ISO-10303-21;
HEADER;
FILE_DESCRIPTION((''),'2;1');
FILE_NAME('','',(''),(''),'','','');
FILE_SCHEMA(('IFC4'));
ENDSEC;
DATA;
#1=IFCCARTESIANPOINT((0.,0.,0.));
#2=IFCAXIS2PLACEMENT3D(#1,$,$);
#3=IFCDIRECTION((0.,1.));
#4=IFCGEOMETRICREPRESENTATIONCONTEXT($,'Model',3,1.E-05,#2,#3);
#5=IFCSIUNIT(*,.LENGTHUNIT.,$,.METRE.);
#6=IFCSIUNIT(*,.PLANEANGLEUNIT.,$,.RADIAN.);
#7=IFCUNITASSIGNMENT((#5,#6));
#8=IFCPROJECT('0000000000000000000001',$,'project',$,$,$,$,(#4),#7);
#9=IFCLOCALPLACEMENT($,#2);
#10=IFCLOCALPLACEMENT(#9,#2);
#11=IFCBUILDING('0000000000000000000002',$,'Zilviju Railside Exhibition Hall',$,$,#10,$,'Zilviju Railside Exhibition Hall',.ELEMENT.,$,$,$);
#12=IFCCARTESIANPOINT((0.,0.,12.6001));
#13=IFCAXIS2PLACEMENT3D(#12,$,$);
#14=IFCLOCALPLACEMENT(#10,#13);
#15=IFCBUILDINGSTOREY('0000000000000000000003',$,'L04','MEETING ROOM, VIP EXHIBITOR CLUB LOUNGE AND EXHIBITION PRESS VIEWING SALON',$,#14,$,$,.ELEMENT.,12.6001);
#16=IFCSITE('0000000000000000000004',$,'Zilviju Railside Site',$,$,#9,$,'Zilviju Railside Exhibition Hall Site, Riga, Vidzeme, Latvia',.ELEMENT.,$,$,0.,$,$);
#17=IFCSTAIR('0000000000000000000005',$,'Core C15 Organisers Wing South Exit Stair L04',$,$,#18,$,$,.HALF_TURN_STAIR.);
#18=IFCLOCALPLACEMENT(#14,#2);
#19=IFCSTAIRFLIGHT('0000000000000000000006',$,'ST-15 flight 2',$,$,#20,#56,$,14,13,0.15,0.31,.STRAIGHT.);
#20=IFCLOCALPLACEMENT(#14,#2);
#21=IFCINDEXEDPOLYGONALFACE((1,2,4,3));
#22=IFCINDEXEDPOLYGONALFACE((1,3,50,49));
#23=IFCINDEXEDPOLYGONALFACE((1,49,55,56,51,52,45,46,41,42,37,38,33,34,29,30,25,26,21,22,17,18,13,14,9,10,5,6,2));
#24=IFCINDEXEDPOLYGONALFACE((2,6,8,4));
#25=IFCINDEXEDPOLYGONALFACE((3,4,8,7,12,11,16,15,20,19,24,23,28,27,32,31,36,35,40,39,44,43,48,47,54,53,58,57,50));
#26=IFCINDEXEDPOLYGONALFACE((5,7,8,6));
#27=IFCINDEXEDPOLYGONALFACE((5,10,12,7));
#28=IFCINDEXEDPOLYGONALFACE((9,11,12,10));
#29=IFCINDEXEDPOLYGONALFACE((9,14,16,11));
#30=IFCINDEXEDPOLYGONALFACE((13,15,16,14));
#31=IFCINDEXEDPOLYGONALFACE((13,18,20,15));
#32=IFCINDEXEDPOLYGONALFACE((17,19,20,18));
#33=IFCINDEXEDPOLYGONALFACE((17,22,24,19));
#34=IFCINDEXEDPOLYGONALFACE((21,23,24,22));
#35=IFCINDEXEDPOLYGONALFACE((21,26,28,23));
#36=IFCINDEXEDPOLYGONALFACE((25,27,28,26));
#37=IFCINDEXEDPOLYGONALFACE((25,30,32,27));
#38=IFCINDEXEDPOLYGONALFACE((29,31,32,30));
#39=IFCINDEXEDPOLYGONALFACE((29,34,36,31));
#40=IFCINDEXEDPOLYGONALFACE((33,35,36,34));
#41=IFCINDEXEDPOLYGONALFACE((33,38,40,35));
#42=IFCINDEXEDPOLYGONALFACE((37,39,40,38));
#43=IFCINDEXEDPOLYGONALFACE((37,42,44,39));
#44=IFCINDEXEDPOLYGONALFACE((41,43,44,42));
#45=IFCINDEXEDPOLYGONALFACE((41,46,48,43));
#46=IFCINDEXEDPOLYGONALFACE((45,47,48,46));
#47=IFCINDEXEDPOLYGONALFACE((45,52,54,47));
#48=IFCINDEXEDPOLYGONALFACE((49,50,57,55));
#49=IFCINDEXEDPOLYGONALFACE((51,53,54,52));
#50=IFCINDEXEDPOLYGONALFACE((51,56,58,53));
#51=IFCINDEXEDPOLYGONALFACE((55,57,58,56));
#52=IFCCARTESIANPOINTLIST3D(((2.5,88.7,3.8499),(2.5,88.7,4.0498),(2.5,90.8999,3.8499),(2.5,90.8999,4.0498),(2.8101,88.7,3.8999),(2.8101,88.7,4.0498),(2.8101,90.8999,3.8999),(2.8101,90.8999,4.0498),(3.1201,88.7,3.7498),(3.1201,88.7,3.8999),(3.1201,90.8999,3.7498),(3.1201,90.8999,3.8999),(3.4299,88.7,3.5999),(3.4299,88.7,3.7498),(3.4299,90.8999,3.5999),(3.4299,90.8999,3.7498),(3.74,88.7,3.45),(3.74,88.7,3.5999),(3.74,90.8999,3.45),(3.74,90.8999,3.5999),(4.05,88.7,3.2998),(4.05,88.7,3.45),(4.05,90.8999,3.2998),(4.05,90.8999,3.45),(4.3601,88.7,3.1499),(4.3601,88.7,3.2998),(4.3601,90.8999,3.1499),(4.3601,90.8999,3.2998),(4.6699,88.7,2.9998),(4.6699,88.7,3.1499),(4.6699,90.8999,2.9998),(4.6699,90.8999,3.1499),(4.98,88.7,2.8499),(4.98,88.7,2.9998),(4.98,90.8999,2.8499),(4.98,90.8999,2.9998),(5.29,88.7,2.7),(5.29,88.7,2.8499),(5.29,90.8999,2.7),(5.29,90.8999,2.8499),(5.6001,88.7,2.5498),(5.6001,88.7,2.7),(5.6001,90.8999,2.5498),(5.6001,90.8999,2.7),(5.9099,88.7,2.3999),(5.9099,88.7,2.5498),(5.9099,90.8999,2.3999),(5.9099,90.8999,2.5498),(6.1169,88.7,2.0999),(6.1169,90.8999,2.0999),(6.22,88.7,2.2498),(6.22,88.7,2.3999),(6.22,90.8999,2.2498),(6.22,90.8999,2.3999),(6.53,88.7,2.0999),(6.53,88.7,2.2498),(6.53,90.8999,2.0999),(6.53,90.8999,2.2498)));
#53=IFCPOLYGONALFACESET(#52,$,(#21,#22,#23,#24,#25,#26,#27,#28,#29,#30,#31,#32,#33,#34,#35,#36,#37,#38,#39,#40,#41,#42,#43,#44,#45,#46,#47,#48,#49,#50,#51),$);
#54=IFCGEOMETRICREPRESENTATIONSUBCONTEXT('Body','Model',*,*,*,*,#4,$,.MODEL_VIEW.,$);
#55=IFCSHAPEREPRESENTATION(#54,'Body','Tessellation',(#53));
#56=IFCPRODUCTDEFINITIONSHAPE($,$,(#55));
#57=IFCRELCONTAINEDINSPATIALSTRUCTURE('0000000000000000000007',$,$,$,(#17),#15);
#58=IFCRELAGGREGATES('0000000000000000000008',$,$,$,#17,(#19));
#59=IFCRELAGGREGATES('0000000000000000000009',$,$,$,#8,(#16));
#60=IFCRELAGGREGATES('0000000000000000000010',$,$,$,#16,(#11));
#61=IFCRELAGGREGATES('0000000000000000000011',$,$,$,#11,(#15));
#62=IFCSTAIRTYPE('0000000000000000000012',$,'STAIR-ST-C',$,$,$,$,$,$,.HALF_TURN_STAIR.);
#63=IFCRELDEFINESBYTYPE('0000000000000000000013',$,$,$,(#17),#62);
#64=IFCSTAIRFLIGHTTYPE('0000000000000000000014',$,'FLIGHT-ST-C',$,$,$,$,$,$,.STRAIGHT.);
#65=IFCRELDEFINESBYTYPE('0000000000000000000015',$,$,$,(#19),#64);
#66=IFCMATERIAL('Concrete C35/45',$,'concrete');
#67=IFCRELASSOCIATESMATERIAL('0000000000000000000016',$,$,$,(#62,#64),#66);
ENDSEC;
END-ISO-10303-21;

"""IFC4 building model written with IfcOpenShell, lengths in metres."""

from ifc_helpers import new_model, si_unit, direction, frame, origin, place, context, subcontext, project, spatial, polyline, outline, extrude, material, type_object, element, aggregate, save


model = new_model("IFC4")

# Units and contexts
model_context = context("Model", 3, precision=1e-05, world=origin(), true_north=direction((0.0, 1.0)))
body_context = subcontext(model_context, "Body", "Model", "MODEL_VIEW")
ifc_project = project(units=[si_unit("LENGTHUNIT", "METRE"), si_unit("PLANEANGLEUNIT", "RADIAN")], contexts=[model_context])

# Site, building, storey
site_placement = place(None, origin())
site = spatial("IfcSite", under=ifc_project, at=site_placement, Name="Zilviju Railside Site", LongName="Zilviju Railside Exhibition Hall Site, Riga, Vidzeme, Latvia", CompositionType="ELEMENT", RefElevation=0.0)
building_placement = place(site_placement, origin())
building = spatial("IfcBuilding", under=site, at=building_placement, Name="Zilviju Railside Exhibition Hall", LongName="Zilviju Railside Exhibition Hall", CompositionType="ELEMENT")
storey_placement = place(building_placement, frame((0.0, 0.0, 12.6001)))
storey = spatial("IfcBuildingStorey", under=building, at=storey_placement, Name="L04", Description="MEETING ROOM, VIP EXHIBITOR CLUB LOUNGE AND EXHIBITION PRESS VIEWING SALON", CompositionType="ELEMENT", Elevation=12.6001)

# Shared definitions
ifc_material_1 = material(Name="Concrete C35/45", Category="concrete")

# Stair, stair flight
stair_type = type_object("IfcStairType", Name="STAIR-ST-C", PredefinedType="HALF_TURN_STAIR", material=ifc_material_1)
stair_placement = place(storey_placement, origin())
stair = element("IfcStair", 1, at=stair_placement, inside=storey, type_object=stair_type, Name="Core C15 Organisers Wing South Exit Stair L04", PredefinedType="HALF_TURN_STAIR")
stair_flight_type = type_object("IfcStairFlightType", Name="FLIGHT-ST-C", PredefinedType="STRAIGHT", material=ifc_material_1)
stair_flight_placement = place(storey_placement, frame((6.53, 89.8, 2.0999), z_axis=(0.0, 0.0, 1.0), x_axis=(-1.0, 0.0, 0.0)))
stair_flight = element("IfcStairFlight", 2, at=stair_flight_placement, type_object=stair_flight_type, Name="ST-15 flight 2", NumberOfRisers=14, NumberOfTreads=13, PredefinedType="STRAIGHT", RiserHeight=0.15, TreadLength=0.31, context=body_context, shape_type="SweptSolid", body=[
    extrude(outline(polyline([(0.0, 0.0), (0.0, 0.1499), (0.3101, 0.1499), (0.3101, 0.3), (0.6201, 0.3), (0.6201, 0.45), (0.9299, 0.45), (0.9299, 0.6001), (1.24, 0.6001), (1.24, 0.75), (1.55, 0.75), (1.55, 0.8999), (1.8601, 0.8999), (1.8601, 1.05), (2.1699, 1.05), (2.1699, 1.2), (2.48, 1.2), (2.48, 1.3501), (2.79, 1.3501), (2.79, 1.5), (3.1001, 1.5), (3.1001, 1.6499), (3.4099, 1.6499), (3.4099, 1.8), (3.72, 1.8), (3.72, 1.95), (4.03, 1.95), (4.03, 2.1001), (4.03, 1.75), (0.4131, 0.0), (0.0, 0.0)])), frame((0.0, 1.1001, 0.0), z_axis=(0.0, -1.0, 0.0), x_axis=(1.0, 0.0, 0.0)), (0.0, 0.0, 1.0), 2.2),
])
aggregate(stair, [stair_flight])

save(model, "model.ifc")
